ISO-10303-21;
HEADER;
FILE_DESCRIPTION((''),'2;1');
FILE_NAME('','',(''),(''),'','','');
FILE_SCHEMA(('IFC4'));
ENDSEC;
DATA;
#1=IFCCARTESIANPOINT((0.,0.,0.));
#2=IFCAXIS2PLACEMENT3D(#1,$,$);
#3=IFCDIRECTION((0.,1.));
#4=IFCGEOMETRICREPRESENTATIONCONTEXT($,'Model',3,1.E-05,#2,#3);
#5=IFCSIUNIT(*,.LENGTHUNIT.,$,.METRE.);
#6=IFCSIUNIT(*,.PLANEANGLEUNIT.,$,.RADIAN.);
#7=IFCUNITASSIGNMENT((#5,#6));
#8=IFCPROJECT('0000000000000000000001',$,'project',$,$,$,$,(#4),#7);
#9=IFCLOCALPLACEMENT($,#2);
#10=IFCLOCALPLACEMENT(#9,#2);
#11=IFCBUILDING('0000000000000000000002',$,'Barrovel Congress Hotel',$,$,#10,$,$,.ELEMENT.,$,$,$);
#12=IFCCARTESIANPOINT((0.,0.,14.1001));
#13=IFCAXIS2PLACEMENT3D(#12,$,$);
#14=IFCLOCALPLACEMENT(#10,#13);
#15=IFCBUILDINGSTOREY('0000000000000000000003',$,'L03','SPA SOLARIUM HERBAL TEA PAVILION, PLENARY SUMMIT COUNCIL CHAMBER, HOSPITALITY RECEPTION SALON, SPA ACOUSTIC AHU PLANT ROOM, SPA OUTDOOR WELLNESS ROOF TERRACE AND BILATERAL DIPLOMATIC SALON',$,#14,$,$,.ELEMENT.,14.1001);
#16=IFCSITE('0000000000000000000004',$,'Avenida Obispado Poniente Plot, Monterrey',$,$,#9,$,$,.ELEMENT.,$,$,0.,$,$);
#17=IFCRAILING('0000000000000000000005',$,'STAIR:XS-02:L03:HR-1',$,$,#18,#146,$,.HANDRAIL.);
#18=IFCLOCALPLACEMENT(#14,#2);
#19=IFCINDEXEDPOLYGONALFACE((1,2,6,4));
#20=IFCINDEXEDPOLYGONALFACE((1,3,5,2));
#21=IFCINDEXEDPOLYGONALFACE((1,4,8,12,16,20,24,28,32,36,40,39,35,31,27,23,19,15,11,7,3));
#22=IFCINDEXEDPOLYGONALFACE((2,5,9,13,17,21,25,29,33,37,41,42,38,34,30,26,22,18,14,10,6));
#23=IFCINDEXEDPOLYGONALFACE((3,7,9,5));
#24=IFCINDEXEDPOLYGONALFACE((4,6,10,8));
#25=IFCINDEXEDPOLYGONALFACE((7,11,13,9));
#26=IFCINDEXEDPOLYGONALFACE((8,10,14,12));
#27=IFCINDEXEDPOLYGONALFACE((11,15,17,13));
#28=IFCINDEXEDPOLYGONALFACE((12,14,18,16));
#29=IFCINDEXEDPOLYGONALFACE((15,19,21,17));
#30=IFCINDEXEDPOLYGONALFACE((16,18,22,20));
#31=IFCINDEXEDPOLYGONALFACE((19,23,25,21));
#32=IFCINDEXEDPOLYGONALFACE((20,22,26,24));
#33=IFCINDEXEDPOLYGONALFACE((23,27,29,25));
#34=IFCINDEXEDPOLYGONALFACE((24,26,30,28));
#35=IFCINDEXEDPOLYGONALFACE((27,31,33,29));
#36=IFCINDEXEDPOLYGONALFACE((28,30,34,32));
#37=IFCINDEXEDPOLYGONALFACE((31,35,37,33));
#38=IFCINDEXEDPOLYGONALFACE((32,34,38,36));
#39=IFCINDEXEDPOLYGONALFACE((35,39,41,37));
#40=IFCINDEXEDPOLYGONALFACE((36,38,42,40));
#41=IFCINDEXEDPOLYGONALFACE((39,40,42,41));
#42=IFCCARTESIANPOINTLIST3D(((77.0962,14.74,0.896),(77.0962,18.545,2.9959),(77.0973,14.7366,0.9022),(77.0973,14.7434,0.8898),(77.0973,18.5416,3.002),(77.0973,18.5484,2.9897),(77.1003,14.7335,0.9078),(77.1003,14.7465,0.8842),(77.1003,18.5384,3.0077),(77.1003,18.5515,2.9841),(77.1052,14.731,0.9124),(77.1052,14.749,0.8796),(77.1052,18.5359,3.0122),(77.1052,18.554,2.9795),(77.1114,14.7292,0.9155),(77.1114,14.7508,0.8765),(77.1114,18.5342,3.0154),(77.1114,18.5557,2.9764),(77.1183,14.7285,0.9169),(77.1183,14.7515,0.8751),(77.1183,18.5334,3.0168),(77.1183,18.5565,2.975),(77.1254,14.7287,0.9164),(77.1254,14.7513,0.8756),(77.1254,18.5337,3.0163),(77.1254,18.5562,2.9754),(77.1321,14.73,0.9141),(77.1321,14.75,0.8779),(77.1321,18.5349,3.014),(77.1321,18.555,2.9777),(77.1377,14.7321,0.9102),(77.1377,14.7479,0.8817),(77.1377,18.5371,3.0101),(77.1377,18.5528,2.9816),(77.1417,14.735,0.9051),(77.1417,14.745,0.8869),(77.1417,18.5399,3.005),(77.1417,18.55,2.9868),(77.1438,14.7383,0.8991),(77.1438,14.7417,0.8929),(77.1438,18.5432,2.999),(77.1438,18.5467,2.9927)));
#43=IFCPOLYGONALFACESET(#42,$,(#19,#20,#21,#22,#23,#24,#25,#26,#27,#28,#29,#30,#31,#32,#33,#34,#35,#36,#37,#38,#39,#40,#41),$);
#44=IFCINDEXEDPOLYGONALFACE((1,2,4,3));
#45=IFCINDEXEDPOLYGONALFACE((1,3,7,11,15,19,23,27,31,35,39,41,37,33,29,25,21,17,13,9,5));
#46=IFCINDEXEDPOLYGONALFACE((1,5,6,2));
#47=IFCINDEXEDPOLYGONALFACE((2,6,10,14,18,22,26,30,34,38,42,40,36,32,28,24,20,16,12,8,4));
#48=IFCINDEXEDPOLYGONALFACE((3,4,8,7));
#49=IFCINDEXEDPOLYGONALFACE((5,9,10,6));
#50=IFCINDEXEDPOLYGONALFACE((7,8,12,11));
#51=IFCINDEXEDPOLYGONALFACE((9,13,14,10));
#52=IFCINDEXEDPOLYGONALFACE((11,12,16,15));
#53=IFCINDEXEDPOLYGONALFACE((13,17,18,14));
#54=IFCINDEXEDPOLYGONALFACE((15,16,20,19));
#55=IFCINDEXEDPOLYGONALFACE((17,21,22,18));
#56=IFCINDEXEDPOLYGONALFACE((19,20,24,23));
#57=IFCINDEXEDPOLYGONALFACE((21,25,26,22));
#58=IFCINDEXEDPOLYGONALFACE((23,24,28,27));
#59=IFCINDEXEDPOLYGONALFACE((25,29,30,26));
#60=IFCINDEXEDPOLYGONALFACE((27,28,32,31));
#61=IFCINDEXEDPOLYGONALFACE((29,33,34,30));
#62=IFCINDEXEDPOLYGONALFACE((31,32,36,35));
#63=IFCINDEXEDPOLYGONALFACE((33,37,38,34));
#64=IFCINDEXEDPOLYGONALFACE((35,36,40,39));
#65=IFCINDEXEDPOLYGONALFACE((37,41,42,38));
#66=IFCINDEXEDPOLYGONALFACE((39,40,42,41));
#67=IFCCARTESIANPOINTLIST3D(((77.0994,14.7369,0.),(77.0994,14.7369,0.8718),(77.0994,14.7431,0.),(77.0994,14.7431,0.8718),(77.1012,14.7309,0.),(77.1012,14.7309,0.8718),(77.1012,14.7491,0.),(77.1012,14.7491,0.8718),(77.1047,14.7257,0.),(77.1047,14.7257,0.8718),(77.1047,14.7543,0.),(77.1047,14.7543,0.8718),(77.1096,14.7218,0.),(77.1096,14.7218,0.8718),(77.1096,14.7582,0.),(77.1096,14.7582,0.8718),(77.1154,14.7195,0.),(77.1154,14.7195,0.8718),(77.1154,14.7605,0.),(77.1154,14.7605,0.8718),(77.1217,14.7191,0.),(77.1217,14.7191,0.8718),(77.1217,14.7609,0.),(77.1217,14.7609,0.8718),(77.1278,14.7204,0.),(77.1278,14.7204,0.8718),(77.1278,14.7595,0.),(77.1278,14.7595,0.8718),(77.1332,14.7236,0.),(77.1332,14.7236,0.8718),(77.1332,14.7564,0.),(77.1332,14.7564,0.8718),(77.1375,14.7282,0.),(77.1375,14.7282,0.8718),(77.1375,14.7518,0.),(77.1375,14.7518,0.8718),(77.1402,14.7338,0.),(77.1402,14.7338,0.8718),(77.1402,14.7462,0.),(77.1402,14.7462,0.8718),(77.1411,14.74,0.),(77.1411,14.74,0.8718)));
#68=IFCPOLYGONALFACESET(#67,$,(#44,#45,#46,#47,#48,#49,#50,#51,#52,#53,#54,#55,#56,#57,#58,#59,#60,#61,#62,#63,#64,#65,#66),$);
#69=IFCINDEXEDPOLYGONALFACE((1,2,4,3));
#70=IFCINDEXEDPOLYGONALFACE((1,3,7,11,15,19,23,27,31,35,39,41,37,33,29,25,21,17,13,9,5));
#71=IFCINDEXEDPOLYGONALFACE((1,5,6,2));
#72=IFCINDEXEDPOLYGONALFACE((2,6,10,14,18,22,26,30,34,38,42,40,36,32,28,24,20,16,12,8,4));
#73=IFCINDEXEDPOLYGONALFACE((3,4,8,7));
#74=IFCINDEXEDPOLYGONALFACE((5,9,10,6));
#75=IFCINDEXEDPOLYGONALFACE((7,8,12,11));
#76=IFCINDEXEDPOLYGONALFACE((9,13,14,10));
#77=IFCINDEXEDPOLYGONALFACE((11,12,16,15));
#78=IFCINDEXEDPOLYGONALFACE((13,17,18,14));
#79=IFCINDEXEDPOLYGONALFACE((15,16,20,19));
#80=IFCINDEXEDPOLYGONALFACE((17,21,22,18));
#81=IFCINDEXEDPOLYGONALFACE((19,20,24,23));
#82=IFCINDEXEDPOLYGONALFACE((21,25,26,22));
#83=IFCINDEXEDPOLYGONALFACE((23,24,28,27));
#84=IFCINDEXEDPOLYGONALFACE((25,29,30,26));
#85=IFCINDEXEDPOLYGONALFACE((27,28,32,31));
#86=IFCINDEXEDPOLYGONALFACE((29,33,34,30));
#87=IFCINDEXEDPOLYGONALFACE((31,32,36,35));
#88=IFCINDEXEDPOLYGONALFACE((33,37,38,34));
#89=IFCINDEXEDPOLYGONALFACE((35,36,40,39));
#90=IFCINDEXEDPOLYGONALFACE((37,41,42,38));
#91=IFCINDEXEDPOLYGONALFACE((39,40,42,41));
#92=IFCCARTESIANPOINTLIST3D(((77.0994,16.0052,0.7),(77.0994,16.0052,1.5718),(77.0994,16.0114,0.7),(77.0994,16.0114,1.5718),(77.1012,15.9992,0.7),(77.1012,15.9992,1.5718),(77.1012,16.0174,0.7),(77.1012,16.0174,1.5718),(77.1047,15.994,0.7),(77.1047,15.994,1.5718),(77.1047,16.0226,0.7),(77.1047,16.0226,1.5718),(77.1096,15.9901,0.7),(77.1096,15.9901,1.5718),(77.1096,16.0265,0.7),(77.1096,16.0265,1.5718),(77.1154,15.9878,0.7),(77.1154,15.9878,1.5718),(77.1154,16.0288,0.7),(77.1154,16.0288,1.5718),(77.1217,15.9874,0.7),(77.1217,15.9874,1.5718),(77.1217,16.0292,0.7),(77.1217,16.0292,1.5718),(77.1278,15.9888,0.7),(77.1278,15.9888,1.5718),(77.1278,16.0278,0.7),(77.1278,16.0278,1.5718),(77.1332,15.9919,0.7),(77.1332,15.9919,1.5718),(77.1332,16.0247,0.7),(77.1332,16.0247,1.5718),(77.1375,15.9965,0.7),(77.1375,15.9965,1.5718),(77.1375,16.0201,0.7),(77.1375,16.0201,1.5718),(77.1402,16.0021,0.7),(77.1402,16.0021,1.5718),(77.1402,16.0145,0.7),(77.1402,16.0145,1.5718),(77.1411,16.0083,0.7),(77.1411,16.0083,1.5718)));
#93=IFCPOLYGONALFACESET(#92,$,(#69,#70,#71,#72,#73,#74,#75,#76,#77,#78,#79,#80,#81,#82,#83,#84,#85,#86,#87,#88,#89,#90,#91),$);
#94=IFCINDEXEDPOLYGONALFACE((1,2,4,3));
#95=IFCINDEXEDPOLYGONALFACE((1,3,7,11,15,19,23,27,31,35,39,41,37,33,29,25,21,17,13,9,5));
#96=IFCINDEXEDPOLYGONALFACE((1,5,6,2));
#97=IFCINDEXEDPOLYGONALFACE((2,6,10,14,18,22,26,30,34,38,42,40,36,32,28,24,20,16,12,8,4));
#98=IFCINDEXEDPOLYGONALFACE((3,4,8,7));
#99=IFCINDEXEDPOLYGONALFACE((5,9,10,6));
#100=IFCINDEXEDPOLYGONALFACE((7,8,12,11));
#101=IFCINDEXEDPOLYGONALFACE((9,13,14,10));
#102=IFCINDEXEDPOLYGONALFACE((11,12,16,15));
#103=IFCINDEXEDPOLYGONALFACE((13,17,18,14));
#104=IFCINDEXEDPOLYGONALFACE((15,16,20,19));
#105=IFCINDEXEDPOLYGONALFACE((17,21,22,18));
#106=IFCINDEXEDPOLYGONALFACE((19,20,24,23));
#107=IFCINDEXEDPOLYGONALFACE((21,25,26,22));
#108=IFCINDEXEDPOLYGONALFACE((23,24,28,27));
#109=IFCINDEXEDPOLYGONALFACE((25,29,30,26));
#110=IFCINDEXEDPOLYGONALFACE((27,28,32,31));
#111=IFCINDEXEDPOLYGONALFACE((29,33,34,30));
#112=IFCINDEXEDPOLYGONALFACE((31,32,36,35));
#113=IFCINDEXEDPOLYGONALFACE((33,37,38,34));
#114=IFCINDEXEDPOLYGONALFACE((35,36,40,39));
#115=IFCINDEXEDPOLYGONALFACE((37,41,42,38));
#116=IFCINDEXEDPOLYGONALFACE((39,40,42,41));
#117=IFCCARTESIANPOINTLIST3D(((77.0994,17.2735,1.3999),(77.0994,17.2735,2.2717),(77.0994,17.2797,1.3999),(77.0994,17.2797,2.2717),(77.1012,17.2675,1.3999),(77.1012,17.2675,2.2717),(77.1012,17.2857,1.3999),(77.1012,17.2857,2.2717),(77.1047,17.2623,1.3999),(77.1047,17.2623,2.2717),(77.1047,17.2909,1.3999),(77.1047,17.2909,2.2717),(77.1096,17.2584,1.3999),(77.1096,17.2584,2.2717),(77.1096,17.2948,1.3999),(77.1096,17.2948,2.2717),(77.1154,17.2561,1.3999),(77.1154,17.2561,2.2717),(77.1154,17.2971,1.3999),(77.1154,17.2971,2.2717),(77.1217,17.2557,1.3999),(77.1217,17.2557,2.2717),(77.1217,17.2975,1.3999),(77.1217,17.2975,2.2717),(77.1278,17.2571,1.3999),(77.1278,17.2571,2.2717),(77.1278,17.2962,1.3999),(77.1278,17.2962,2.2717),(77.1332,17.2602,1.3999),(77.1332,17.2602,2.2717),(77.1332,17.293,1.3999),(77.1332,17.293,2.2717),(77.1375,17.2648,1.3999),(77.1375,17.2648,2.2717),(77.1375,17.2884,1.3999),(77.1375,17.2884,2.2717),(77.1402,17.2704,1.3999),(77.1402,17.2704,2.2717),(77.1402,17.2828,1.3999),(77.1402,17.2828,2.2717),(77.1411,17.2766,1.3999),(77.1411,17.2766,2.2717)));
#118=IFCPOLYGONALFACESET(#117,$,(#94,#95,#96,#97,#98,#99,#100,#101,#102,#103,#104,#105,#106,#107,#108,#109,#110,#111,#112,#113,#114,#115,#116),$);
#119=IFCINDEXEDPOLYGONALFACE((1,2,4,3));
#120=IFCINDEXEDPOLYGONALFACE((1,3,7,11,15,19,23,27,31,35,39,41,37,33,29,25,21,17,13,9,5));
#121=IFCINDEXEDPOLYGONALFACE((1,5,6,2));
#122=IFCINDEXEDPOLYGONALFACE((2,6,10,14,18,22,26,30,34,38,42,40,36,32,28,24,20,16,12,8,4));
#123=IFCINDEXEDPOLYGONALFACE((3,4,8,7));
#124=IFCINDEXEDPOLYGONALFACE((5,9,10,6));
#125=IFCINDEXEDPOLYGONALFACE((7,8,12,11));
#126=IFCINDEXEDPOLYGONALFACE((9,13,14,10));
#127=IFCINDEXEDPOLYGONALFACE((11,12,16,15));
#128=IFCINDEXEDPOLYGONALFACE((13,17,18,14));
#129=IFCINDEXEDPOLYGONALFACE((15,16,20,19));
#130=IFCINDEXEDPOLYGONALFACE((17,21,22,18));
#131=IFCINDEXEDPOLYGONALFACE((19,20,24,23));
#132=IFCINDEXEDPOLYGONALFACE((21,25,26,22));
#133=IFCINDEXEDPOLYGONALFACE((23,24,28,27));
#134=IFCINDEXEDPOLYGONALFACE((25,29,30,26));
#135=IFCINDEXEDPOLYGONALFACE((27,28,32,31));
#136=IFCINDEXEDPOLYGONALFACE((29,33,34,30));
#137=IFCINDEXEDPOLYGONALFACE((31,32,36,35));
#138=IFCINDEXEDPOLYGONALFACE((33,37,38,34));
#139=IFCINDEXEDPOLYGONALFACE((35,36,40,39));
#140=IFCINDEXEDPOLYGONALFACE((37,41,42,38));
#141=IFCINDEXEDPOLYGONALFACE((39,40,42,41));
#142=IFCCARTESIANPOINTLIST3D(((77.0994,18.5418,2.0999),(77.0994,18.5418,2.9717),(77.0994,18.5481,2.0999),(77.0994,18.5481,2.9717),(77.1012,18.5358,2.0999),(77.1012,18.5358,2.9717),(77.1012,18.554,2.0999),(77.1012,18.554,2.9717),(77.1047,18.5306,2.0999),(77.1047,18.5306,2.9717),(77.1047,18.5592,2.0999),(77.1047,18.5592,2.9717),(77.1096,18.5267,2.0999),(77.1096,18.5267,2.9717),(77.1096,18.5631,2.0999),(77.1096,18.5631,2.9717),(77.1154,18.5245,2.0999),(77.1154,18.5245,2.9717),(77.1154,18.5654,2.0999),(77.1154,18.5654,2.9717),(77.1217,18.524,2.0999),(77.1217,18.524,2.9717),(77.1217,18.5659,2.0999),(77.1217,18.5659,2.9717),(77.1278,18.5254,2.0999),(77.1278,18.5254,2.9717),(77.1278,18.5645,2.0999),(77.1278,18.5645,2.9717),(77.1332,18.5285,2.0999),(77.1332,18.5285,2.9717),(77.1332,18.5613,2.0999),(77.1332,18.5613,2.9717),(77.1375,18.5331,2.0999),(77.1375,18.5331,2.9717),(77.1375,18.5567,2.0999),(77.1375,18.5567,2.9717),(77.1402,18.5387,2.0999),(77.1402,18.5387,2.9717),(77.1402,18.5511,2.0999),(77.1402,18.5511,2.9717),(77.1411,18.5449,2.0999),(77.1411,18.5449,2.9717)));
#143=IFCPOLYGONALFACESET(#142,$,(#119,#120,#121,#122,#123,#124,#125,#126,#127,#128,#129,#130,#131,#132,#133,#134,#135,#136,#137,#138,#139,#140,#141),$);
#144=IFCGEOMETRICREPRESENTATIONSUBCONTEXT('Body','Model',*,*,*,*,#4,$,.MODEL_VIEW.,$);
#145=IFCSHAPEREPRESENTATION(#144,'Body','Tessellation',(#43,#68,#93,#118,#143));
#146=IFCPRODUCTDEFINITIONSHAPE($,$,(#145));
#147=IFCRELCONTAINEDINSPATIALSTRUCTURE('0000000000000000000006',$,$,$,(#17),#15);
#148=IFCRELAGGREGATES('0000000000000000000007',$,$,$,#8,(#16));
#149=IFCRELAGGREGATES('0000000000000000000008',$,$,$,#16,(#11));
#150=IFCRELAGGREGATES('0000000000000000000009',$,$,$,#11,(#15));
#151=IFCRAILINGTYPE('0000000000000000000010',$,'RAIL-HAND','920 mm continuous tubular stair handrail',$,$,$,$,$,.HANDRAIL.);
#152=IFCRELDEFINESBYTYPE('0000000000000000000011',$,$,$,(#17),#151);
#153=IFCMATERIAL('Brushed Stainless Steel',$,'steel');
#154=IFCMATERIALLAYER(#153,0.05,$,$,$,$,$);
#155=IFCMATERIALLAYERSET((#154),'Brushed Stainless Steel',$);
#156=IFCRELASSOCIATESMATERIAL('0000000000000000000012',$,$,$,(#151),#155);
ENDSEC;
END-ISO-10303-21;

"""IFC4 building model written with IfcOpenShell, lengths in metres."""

from ifc_helpers import new_model, si_unit, direction, frame, origin, origin_2d, place, context, subcontext, project, spatial, circle, extrude, material, layer, layer_set, type_object, element, save


model = new_model("IFC4")

# Units and contexts
model_context = context("Model", 3, precision=1e-05, world=origin(), true_north=direction((0.0, 1.0)))
body_context = subcontext(model_context, "Body", "Model", "MODEL_VIEW")
ifc_project = project(units=[si_unit("LENGTHUNIT", "METRE"), si_unit("PLANEANGLEUNIT", "RADIAN")], contexts=[model_context])

# Site, building, storey
site_placement = place(None, origin())
site = spatial("IfcSite", under=ifc_project, at=site_placement, Name="Avenida Obispado Poniente Plot, Monterrey", CompositionType="ELEMENT", RefElevation=0.0)
building_placement = place(site_placement, origin())
building = spatial("IfcBuilding", under=site, at=building_placement, Name="Barrovel Congress Hotel", CompositionType="ELEMENT")
storey_placement = place(building_placement, frame((0.0, 0.0, 14.1001)))
storey = spatial("IfcBuildingStorey", under=building, at=storey_placement, Name="L03", Description="SPA SOLARIUM HERBAL TEA PAVILION, PLENARY SUMMIT COUNCIL CHAMBER, HOSPITALITY RECEPTION SALON, SPA ACOUSTIC AHU PLANT ROOM, SPA OUTDOOR WELLNESS ROOF TERRACE AND BILATERAL DIPLOMATIC SALON", CompositionType="ELEMENT", Elevation=14.1001)

# Shared definitions
ifc_material_1 = material(Name="Brushed Stainless Steel", Category="steel")

# Railing
ifc_layer_1 = layer(ifc_material_1, 0.05)
ifc_layer_set_1 = layer_set([ifc_layer_1], Name="Brushed Stainless Steel")
railing_type_1 = type_object("IfcRailingType", Name="RAIL-HAND", Description="920 mm continuous tubular stair handrail", PredefinedType="HANDRAIL", material=ifc_layer_set_1)
railing_1_placement = place(storey_placement, frame((77.1201, 14.74, 0.0)))
element("IfcRailing", 1, at=railing_1_placement, inside=storey, type_object=railing_type_1, Name="STAIR:XS-02:L03:HR-1", PredefinedType="HANDRAIL", context=body_context, shape_type="SweptSolid", body=[
    extrude(circle(Radius=0.0239, at=origin_2d()), frame((0.0, 0.0, 0.896), z_axis=(0.0, 0.875521, 0.48318), x_axis=(-1.0, 0.0, 0.0)), (0.0, 0.0, 1.0), 4.3459),
    extrude(circle(Radius=0.021, at=origin_2d()), origin(), (0.0, 0.0, 1.0), 0.8718),
    extrude(circle(Radius=0.021, at=origin_2d()), frame((0.0, 1.2683, 0.7)), (0.0, 0.0, 1.0), 0.8718),
    extrude(circle(Radius=0.021, at=origin_2d()), frame((0.0, 2.5366, 1.3999)), (0.0, 0.0, 1.0), 0.8718),
    extrude(circle(Radius=0.021, at=origin_2d()), frame((0.0, 3.8049, 2.0999)), (0.0, 0.0, 1.0), 0.8718),
])

save(model, "model.ifc")
